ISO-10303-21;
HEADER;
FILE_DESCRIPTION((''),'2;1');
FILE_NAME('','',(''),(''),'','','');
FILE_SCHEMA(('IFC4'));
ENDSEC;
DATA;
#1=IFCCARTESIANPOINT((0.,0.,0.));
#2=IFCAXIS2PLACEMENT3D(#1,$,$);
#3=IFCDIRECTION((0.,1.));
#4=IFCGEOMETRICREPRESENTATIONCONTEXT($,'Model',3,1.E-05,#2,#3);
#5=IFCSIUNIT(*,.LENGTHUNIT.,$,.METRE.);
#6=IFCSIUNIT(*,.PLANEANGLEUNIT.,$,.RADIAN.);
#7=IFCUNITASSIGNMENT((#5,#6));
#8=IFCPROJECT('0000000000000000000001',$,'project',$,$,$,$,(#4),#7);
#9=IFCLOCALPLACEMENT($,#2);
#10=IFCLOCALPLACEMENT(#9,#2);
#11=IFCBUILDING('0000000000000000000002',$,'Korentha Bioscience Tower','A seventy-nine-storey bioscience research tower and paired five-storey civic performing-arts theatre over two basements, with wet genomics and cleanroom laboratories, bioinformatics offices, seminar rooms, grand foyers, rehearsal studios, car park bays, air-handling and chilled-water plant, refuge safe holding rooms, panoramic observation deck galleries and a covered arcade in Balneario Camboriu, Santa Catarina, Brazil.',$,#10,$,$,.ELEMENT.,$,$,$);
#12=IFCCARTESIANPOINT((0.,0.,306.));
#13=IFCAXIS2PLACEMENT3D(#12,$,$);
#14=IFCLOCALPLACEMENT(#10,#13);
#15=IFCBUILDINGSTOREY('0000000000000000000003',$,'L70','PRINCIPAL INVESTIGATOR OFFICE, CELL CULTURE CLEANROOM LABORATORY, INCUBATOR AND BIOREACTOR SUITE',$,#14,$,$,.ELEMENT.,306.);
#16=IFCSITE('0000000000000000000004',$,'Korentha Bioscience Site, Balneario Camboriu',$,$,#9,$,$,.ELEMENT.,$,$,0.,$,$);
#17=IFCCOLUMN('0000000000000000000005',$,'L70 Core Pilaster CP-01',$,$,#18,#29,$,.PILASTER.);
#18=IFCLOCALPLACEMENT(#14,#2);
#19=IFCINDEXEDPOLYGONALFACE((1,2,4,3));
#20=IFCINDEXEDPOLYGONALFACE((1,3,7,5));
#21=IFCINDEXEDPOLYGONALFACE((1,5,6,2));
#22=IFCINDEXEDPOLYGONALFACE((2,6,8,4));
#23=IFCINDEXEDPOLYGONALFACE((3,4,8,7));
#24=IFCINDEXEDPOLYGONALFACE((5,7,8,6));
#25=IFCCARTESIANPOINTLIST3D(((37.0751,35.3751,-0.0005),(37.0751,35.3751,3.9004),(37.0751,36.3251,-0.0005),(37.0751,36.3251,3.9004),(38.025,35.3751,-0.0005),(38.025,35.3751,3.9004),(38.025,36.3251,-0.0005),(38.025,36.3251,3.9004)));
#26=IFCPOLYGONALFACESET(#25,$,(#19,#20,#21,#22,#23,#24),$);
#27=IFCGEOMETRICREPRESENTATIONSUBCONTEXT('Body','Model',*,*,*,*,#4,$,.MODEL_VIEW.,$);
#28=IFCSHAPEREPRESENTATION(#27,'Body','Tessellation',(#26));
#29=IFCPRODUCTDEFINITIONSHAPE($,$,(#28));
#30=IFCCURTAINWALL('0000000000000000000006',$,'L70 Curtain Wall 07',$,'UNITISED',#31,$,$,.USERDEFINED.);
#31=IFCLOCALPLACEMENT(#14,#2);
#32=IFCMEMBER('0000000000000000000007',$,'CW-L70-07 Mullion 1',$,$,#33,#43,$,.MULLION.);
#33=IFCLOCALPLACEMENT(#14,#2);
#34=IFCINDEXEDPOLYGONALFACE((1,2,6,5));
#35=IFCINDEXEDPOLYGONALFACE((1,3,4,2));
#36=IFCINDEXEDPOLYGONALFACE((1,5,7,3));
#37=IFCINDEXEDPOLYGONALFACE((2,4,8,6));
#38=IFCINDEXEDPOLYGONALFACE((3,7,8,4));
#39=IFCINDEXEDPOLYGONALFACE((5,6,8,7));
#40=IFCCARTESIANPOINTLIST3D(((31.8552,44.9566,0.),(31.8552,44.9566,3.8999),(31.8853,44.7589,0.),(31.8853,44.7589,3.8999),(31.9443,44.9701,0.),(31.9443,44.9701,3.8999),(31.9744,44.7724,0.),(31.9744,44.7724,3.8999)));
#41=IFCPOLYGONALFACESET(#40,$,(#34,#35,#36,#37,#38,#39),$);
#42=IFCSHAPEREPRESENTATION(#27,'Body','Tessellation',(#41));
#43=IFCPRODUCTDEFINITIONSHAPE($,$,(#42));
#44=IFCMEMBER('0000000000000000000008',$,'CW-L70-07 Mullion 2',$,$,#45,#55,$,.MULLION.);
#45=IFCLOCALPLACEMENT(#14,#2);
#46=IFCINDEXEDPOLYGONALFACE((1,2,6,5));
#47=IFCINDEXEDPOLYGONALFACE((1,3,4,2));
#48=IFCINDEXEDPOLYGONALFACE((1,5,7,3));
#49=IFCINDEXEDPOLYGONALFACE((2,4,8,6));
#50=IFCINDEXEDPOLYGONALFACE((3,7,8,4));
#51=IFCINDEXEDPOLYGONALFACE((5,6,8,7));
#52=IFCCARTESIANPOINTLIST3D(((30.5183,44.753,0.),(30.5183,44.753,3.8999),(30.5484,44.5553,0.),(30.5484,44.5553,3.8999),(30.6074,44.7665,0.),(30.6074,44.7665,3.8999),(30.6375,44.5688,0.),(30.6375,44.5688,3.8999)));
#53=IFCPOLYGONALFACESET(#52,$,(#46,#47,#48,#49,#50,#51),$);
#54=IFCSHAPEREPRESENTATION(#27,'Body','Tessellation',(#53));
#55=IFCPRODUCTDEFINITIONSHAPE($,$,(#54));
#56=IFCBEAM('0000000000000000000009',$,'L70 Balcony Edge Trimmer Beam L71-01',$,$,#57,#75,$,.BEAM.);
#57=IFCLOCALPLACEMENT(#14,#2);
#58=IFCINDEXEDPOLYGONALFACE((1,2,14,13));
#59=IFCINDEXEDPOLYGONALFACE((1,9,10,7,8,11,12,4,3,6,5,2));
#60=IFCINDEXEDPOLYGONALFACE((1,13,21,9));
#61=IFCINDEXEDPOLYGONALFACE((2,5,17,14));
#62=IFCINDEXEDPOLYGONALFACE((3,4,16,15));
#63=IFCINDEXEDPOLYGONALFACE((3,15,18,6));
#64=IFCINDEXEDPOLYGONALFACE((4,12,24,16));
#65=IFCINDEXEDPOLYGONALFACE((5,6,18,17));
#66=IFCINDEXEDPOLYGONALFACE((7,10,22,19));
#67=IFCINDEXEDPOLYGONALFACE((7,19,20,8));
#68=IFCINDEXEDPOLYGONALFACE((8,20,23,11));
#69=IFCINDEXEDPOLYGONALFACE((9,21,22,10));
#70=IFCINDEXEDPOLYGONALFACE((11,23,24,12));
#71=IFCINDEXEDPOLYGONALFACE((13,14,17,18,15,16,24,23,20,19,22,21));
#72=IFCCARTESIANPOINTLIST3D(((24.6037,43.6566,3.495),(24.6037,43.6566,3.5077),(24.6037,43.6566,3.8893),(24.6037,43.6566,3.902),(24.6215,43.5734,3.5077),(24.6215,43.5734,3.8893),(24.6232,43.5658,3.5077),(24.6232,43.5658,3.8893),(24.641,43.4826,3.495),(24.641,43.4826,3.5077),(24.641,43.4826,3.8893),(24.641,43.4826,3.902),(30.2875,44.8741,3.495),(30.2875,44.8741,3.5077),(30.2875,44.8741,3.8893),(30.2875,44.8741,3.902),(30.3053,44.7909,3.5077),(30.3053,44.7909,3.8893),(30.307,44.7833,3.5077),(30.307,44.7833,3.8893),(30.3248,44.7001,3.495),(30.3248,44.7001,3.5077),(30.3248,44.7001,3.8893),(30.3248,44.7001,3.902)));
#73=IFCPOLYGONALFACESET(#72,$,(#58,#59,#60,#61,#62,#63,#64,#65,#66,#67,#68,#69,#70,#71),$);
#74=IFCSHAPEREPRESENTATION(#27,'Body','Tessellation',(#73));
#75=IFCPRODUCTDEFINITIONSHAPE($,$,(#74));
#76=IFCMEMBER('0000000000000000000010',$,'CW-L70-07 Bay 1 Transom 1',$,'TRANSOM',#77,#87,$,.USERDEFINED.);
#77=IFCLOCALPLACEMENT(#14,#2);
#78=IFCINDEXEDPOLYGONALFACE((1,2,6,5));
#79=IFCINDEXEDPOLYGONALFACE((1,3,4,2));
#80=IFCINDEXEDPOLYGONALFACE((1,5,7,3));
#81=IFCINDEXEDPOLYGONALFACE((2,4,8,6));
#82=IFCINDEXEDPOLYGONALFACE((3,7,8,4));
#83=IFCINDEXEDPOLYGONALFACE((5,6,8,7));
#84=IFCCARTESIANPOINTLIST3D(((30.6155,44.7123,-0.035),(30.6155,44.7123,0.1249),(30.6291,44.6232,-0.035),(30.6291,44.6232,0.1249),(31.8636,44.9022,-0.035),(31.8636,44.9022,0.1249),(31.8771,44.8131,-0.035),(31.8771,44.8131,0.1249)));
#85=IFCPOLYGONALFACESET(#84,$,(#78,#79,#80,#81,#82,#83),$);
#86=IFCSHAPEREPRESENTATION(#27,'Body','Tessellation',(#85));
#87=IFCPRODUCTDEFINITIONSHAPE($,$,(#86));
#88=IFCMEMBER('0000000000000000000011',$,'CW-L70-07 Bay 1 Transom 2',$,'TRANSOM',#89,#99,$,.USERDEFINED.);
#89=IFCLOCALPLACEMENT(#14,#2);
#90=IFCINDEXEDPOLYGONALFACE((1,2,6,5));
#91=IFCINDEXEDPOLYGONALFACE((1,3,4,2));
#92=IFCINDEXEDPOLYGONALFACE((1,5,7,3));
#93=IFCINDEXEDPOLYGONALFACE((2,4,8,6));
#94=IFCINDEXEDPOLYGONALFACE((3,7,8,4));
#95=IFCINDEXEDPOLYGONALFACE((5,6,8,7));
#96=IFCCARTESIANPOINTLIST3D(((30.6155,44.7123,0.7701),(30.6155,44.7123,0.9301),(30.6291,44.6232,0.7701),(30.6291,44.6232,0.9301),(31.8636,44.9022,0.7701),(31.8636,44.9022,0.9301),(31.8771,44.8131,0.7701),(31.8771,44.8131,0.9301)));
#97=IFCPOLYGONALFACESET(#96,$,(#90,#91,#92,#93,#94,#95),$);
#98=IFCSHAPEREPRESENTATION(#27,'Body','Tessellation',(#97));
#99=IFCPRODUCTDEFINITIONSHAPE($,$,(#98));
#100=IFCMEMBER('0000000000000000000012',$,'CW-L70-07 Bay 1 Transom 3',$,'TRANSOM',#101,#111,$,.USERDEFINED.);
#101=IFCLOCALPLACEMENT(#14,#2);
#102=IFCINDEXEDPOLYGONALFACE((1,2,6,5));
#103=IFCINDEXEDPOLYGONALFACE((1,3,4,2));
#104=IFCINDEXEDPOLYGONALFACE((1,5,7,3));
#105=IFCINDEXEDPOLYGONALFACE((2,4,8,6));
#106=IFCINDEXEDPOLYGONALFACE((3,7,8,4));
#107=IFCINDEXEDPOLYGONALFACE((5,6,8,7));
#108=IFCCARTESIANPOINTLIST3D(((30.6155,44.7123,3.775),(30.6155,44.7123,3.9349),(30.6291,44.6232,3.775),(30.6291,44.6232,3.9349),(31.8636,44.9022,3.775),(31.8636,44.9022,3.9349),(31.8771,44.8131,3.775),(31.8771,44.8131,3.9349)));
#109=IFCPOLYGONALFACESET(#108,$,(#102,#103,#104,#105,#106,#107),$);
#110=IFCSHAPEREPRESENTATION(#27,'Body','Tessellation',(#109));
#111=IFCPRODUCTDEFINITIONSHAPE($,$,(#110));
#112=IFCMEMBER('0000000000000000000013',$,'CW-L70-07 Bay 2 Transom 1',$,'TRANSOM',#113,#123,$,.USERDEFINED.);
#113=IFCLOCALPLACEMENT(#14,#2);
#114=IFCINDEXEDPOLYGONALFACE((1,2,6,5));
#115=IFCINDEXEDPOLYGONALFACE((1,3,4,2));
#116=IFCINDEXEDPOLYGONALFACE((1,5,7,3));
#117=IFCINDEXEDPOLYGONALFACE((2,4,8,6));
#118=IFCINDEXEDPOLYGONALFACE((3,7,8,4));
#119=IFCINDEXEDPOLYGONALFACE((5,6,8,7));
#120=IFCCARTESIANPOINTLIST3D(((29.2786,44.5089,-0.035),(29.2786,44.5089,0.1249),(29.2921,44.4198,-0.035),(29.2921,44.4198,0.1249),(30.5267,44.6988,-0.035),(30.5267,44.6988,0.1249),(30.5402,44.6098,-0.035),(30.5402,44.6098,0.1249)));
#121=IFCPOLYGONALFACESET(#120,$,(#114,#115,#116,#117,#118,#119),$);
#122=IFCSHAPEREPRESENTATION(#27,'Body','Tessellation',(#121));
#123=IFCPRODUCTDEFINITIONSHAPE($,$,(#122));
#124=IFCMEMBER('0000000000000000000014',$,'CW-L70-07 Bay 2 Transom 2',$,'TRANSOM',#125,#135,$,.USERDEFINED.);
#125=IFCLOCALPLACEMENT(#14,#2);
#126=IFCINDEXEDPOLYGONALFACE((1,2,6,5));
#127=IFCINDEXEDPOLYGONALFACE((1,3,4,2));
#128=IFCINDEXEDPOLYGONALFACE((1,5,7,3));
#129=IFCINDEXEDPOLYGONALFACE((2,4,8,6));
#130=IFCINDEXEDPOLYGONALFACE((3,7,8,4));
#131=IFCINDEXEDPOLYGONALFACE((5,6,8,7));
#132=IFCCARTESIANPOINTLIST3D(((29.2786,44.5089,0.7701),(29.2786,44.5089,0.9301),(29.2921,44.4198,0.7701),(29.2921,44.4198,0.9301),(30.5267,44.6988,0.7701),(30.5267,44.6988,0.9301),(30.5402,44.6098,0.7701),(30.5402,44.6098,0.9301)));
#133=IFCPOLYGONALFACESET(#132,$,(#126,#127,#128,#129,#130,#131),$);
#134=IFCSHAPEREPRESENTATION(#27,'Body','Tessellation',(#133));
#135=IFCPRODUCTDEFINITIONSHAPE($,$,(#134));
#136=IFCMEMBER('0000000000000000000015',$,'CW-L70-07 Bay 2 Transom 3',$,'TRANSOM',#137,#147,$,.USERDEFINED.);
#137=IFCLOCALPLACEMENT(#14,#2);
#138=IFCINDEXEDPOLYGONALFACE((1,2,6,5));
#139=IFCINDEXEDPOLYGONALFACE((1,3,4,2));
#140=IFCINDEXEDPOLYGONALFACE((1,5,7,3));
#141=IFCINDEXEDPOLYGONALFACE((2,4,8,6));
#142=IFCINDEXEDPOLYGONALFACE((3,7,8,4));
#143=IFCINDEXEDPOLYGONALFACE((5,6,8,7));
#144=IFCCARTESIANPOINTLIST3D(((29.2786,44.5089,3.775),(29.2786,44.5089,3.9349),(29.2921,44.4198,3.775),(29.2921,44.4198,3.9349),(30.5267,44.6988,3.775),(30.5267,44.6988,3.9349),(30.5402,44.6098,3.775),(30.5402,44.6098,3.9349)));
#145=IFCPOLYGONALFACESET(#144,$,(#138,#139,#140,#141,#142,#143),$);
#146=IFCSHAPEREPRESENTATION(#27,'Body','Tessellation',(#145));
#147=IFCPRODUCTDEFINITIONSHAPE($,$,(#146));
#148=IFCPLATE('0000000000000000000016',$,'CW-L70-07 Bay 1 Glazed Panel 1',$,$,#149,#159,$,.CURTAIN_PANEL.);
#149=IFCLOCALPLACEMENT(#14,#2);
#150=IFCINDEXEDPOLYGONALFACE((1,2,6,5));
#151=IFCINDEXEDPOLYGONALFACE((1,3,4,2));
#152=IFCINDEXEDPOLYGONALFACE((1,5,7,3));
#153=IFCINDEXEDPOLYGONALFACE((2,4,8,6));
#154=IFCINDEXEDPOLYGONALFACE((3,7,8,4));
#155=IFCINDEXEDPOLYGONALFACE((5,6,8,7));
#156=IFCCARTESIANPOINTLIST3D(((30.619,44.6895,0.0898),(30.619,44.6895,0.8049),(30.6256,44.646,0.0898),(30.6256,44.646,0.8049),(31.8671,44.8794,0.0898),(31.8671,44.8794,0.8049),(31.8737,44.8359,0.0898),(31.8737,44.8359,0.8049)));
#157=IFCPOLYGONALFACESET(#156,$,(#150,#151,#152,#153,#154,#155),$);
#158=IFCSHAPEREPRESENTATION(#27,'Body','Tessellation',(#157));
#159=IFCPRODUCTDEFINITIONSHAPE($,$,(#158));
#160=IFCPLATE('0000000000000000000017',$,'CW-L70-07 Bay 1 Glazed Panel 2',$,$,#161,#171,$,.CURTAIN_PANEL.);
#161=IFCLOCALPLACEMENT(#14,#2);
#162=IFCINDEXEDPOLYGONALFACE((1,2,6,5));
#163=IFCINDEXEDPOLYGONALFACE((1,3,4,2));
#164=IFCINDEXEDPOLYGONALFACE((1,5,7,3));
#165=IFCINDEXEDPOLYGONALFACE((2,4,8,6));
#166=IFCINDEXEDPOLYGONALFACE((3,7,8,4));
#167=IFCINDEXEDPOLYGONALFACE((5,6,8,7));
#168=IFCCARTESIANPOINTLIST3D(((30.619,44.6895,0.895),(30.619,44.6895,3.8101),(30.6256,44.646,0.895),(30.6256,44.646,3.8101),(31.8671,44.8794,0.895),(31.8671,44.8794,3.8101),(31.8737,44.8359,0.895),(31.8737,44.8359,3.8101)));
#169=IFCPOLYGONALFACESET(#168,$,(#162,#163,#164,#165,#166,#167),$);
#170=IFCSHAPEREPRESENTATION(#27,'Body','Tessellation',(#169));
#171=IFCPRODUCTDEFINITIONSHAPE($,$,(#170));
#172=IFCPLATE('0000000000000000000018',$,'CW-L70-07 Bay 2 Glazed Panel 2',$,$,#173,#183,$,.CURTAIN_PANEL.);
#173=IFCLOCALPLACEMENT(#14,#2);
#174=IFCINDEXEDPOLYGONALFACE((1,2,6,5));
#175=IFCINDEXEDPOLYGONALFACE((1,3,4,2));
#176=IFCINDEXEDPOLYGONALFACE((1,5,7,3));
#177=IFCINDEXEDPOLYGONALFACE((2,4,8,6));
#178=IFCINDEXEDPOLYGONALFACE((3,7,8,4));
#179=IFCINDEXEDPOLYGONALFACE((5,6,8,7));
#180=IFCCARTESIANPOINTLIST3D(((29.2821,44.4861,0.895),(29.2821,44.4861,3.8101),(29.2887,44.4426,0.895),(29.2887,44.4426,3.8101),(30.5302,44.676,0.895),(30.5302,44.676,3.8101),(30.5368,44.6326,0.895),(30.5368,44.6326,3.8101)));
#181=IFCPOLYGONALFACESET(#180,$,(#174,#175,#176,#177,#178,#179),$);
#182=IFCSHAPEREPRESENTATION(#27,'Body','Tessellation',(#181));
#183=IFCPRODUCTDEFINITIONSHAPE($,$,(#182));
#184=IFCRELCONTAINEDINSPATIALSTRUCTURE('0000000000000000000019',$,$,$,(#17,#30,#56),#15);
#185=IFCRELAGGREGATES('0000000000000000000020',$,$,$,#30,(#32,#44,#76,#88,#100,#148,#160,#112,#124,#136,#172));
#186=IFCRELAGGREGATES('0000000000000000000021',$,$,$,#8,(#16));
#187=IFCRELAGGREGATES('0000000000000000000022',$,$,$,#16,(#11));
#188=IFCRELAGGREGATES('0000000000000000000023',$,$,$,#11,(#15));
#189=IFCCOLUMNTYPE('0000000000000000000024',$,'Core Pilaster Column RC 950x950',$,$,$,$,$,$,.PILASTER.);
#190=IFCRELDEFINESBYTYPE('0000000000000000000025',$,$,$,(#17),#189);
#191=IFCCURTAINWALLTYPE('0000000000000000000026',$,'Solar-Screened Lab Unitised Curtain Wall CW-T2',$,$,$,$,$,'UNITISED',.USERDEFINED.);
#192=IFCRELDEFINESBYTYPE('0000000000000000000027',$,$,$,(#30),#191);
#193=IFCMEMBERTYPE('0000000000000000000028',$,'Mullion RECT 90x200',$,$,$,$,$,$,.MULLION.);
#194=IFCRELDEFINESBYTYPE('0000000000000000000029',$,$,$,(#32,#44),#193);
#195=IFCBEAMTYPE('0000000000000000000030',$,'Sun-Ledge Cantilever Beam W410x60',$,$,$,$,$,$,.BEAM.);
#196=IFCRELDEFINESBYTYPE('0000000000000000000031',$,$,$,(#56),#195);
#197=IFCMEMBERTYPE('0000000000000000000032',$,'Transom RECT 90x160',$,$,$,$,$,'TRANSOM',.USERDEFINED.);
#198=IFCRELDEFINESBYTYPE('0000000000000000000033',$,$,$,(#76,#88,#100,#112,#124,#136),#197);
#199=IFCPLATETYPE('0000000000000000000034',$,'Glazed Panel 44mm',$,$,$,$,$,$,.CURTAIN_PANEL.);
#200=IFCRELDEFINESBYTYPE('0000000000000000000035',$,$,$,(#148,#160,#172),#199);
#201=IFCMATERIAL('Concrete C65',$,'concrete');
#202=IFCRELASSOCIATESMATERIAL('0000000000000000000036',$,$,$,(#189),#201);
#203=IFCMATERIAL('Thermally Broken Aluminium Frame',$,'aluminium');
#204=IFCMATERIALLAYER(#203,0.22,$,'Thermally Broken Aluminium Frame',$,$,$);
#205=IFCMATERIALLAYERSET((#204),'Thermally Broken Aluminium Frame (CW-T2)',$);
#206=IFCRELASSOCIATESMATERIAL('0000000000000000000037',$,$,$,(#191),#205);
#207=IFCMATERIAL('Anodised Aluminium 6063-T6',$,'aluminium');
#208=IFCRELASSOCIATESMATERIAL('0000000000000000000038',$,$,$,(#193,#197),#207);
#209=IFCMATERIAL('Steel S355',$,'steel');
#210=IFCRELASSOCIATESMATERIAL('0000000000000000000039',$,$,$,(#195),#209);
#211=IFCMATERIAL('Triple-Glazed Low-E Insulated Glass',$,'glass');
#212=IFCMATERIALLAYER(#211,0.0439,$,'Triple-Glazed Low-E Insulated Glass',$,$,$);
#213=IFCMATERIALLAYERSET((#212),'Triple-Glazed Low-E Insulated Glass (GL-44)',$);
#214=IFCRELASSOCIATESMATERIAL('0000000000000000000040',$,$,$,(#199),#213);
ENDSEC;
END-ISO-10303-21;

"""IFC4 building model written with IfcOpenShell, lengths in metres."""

from ifc_helpers import new_model, si_unit, direction, frame, origin, origin_2d, place, context, subcontext, project, spatial, rectangle, i_section, extrude, material, layer, layer_set, material_profile, profile_set, type_object, element, aggregate, save


model = new_model("IFC4")

# Units and contexts
model_context = context("Model", 3, precision=1e-05, world=origin(), true_north=direction((0.0, 1.0)))
body_context = subcontext(model_context, "Body", "Model", "MODEL_VIEW")
ifc_project = project(units=[si_unit("LENGTHUNIT", "METRE"), si_unit("PLANEANGLEUNIT", "RADIAN")], contexts=[model_context])

# Site, building, storey
site_placement = place(None, origin())
site = spatial("IfcSite", under=ifc_project, at=site_placement, Name="Korentha Bioscience Site, Balneario Camboriu", CompositionType="ELEMENT", RefElevation=0.0)
building_placement = place(site_placement, origin())
building = spatial("IfcBuilding", under=site, at=building_placement, Name="Korentha Bioscience Tower", Description="A seventy-nine-storey bioscience research tower and paired five-storey civic performing-arts theatre over two basements, with wet genomics and cleanroom laboratories, bioinformatics offices, seminar rooms, grand foyers, rehearsal studios, car park bays, air-handling and chilled-water plant, refuge safe holding rooms, panoramic observation deck galleries and a covered arcade in Balneario Camboriu, Santa Catarina, Brazil.", CompositionType="ELEMENT")
storey_placement = place(building_placement, frame((0.0, 0.0, 306.0)))
storey = spatial("IfcBuildingStorey", under=building, at=storey_placement, Name="L70", Description="PRINCIPAL INVESTIGATOR OFFICE, CELL CULTURE CLEANROOM LABORATORY, INCUBATOR AND BIOREACTOR SUITE", CompositionType="ELEMENT", Elevation=306.0)

# Column
ifc_material_1 = material(Name="Concrete C65", Category="concrete")
ifc_material_profile_1 = material_profile(ifc_material_1, rectangle(XDim=0.95, YDim=0.95, at=origin_2d()), Name="Concrete C65")
ifc_profile_set_1 = profile_set([ifc_material_profile_1], Name="Concrete C65 (COL-CP09)")
column_type = type_object("IfcColumnType", Name="Core Pilaster Column RC 950x950", PredefinedType="PILASTER", material=ifc_profile_set_1)
column_placement = place(storey_placement, frame((37.55, 35.8501, -0.0005), z_axis=(0.0, 0.0, 1.0), x_axis=(1.0, 0.0, 0.0)))
element("IfcColumn", 1, at=column_placement, inside=storey, type_object=column_type, Name="L70 Core Pilaster CP-01", PredefinedType="PILASTER", context=body_context, shape_type="SweptSolid", body=[
    extrude(rectangle(XDim=0.95, YDim=0.95, at=origin_2d()), origin(), (0.0, 0.0, 1.0), 3.9009),
])

# Curtain wall, members
ifc_material_2 = material(Name="Thermally Broken Aluminium Frame", Category="aluminium")
ifc_layer_1 = layer(ifc_material_2, 0.22, Name="Thermally Broken Aluminium Frame")
ifc_layer_set_1 = layer_set([ifc_layer_1], Name="Thermally Broken Aluminium Frame (CW-T2)")
curtain_wall_type = type_object("IfcCurtainWallType", Name="Solar-Screened Lab Unitised Curtain Wall CW-T2", ElementType="UNITISED", PredefinedType="USERDEFINED", material=ifc_layer_set_1)
curtain_wall_placement = place(storey_placement, origin())
curtain_wall = element("IfcCurtainWall", 2, at=curtain_wall_placement, inside=storey, type_object=curtain_wall_type, Name="L70 Curtain Wall 07", ObjectType="UNITISED", PredefinedType="USERDEFINED")
ifc_material_3 = material(Name="Anodised Aluminium 6063-T6", Category="aluminium")
ifc_material_profile_2 = material_profile(ifc_material_3, rectangle(XDim=0.0901, YDim=0.2, at=origin_2d()), Name="Anodised Aluminium 6063-T6")
ifc_profile_set_2 = profile_set([ifc_material_profile_2], Name="Anodised Aluminium 6063-T6 (CW-MUL)")
member_type_1 = type_object("IfcMemberType", Name="Mullion RECT 90x200", PredefinedType="MULLION", material=ifc_profile_set_2)
member_1_placement = place(storey_placement, frame((31.9148, 44.8645, 0.0), z_axis=(0.0, 0.0, 1.0), x_axis=(-0.988621, -0.150428, 0.0)))
member_1 = element("IfcMember", 3, at=member_1_placement, type_object=member_type_1, Name="CW-L70-07 Mullion 1", PredefinedType="MULLION", context=body_context, shape_type="SweptSolid", body=[
    extrude(rectangle(XDim=0.0901, YDim=0.2, at=origin_2d()), origin(), (0.0, 0.0, 1.0), 3.8999),
])
member_2_placement = place(storey_placement, frame((30.5779, 44.6609, 0.0), z_axis=(0.0, 0.0, 1.0), x_axis=(-0.988621, -0.150428, 0.0)))
member_2 = element("IfcMember", 4, at=member_2_placement, type_object=member_type_1, Name="CW-L70-07 Mullion 2", PredefinedType="MULLION", context=body_context, shape_type="SweptSolid", body=[
    extrude(rectangle(XDim=0.0901, YDim=0.2, at=origin_2d()), origin(), (0.0, 0.0, 1.0), 3.8999),
])

# Beam
ifc_material_4 = material(Name="Steel S355", Category="steel")
ifc_material_profile_3 = material_profile(ifc_material_4, i_section(OverallWidth=0.178, OverallDepth=0.407, WebThickness=0.0078, FlangeThickness=0.0127, at=origin_2d()), Name="Steel S355")
ifc_profile_set_3 = profile_set([ifc_material_profile_3], Name="Steel S355 (CB-410)")
beam_type = type_object("IfcBeamType", Name="Sun-Ledge Cantilever Beam W410x60", PredefinedType="BEAM", material=ifc_profile_set_3)
beam_placement = place(storey_placement, frame((30.3062, 44.7871, 3.6985), z_axis=(-0.977818, -0.209457, 0.0), x_axis=(0.209457, -0.977818, 0.0)))
element("IfcBeam", 5, at=beam_placement, inside=storey, type_object=beam_type, Name="L70 Balcony Edge Trimmer Beam L71-01", PredefinedType="BEAM", context=body_context, shape_type="SweptSolid", body=[
    extrude(i_section(OverallWidth=0.178, OverallDepth=0.407, WebThickness=0.0078, FlangeThickness=0.0127, at=origin_2d()), origin(), (0.0, 0.0, 1.0), 5.8127),
])

# Members
ifc_material_profile_4 = material_profile(ifc_material_3, rectangle(XDim=0.0901, YDim=0.1599, at=origin_2d()), Name="Anodised Aluminium 6063-T6")
ifc_profile_set_4 = profile_set([ifc_material_profile_4], Name="Anodised Aluminium 6063-T6 (CW-TRN)")
member_type_2 = type_object("IfcMemberType", Name="Transom RECT 90x160", ElementType="TRANSOM", PredefinedType="USERDEFINED", material=ifc_profile_set_4)
member_3_placement = place(storey_placement, frame((31.8704, 44.8577, 0.0449), z_axis=(-0.988616, -0.150458, 0.0), x_axis=(0.150458, -0.988616, 0.0)))
member_3 = element("IfcMember", 6, at=member_3_placement, type_object=member_type_2, Name="CW-L70-07 Bay 1 Transom 1", ObjectType="TRANSOM", PredefinedType="USERDEFINED", context=body_context, shape_type="SweptSolid", body=[
    extrude(rectangle(XDim=0.0901, YDim=0.1599, at=origin_2d()), origin(), (0.0, 0.0, 1.0), 1.2625),
])
member_4_placement = place(storey_placement, frame((31.8704, 44.8577, 0.8501), z_axis=(-0.988616, -0.150458, 0.0), x_axis=(0.150458, -0.988616, 0.0)))
member_4 = element("IfcMember", 7, at=member_4_placement, type_object=member_type_2, Name="CW-L70-07 Bay 1 Transom 2", ObjectType="TRANSOM", PredefinedType="USERDEFINED", context=body_context, shape_type="SweptSolid", body=[
    extrude(rectangle(XDim=0.0901, YDim=0.1599, at=origin_2d()), origin(), (0.0, 0.0, 1.0), 1.2625),
])
member_5_placement = place(storey_placement, frame((31.8704, 44.8577, 3.855), z_axis=(-0.988616, -0.150458, 0.0), x_axis=(0.150458, -0.988616, 0.0)))
member_5 = element("IfcMember", 8, at=member_5_placement, type_object=member_type_2, Name="CW-L70-07 Bay 1 Transom 3", ObjectType="TRANSOM", PredefinedType="USERDEFINED", context=body_context, shape_type="SweptSolid", body=[
    extrude(rectangle(XDim=0.0901, YDim=0.1599, at=origin_2d()), origin(), (0.0, 0.0, 1.0), 1.2625),
])
member_6_placement = place(storey_placement, frame((30.5334, 44.6543, 0.0449), z_axis=(-0.988616, -0.150458, 0.0), x_axis=(0.150458, -0.988616, 0.0)))
member_6 = element("IfcMember", 9, at=member_6_placement, type_object=member_type_2, Name="CW-L70-07 Bay 2 Transom 1", ObjectType="TRANSOM", PredefinedType="USERDEFINED", context=body_context, shape_type="SweptSolid", body=[
    extrude(rectangle(XDim=0.0901, YDim=0.1599, at=origin_2d()), origin(), (0.0, 0.0, 1.0), 1.2625),
])
member_7_placement = place(storey_placement, frame((30.5334, 44.6543, 0.8501), z_axis=(-0.988616, -0.150458, 0.0), x_axis=(0.150458, -0.988616, 0.0)))
member_7 = element("IfcMember", 10, at=member_7_placement, type_object=member_type_2, Name="CW-L70-07 Bay 2 Transom 2", ObjectType="TRANSOM", PredefinedType="USERDEFINED", context=body_context, shape_type="SweptSolid", body=[
    extrude(rectangle(XDim=0.0901, YDim=0.1599, at=origin_2d()), origin(), (0.0, 0.0, 1.0), 1.2625),
])
member_8_placement = place(storey_placement, frame((30.5334, 44.6543, 3.855), z_axis=(-0.988616, -0.150458, 0.0), x_axis=(0.150458, -0.988616, 0.0)))
member_8 = element("IfcMember", 11, at=member_8_placement, type_object=member_type_2, Name="CW-L70-07 Bay 2 Transom 3", ObjectType="TRANSOM", PredefinedType="USERDEFINED", context=body_context, shape_type="SweptSolid", body=[
    extrude(rectangle(XDim=0.0901, YDim=0.1599, at=origin_2d()), origin(), (0.0, 0.0, 1.0), 1.2625),
])

# Plates
ifc_material_5 = material(Name="Triple-Glazed Low-E Insulated Glass", Category="glass")
ifc_layer_2 = layer(ifc_material_5, 0.0439, Name="Triple-Glazed Low-E Insulated Glass")
ifc_layer_set_2 = layer_set([ifc_layer_2], Name="Triple-Glazed Low-E Insulated Glass (GL-44)")
plate_type = type_object("IfcPlateType", Name="Glazed Panel 44mm", PredefinedType="CURTAIN_PANEL", material=ifc_layer_set_2)
plate_1_placement = place(storey_placement, frame((31.2463, 44.7627, 0.0898), z_axis=(0.0, 0.0, 1.0), x_axis=(-0.988621, -0.150428, 0.0)))
plate_1 = element("IfcPlate", 12, at=plate_1_placement, type_object=plate_type, Name="CW-L70-07 Bay 1 Glazed Panel 1", PredefinedType="CURTAIN_PANEL", context=body_context, shape_type="SweptSolid", body=[
    extrude(rectangle(XDim=1.2625, YDim=0.0439, at=origin_2d()), origin(), (0.0, 0.0, 1.0), 0.7151),
])
plate_2_placement = place(storey_placement, frame((31.2463, 44.7627, 0.895), z_axis=(0.0, 0.0, 1.0), x_axis=(-0.988621, -0.150428, 0.0)))
plate_2 = element("IfcPlate", 13, at=plate_2_placement, type_object=plate_type, Name="CW-L70-07 Bay 1 Glazed Panel 2", PredefinedType="CURTAIN_PANEL", context=body_context, shape_type="SweptSolid", body=[
    extrude(rectangle(XDim=1.2625, YDim=0.0439, at=origin_2d()), origin(), (0.0, 0.0, 1.0), 2.915),
])
plate_3_placement = place(storey_placement, frame((29.9094, 44.5593, 0.895), z_axis=(0.0, 0.0, 1.0), x_axis=(-0.988621, -0.150428, 0.0)))
plate_3 = element("IfcPlate", 14, at=plate_3_placement, type_object=plate_type, Name="CW-L70-07 Bay 2 Glazed Panel 2", PredefinedType="CURTAIN_PANEL", context=body_context, shape_type="SweptSolid", body=[
    extrude(rectangle(XDim=1.2625, YDim=0.0439, at=origin_2d()), origin(), (0.0, 0.0, 1.0), 2.915),
])
aggregate(curtain_wall, [member_1, member_2, member_3, member_4, member_5, plate_1, plate_2, member_6, member_7, member_8, plate_3])

save(model, "model.ifc")
